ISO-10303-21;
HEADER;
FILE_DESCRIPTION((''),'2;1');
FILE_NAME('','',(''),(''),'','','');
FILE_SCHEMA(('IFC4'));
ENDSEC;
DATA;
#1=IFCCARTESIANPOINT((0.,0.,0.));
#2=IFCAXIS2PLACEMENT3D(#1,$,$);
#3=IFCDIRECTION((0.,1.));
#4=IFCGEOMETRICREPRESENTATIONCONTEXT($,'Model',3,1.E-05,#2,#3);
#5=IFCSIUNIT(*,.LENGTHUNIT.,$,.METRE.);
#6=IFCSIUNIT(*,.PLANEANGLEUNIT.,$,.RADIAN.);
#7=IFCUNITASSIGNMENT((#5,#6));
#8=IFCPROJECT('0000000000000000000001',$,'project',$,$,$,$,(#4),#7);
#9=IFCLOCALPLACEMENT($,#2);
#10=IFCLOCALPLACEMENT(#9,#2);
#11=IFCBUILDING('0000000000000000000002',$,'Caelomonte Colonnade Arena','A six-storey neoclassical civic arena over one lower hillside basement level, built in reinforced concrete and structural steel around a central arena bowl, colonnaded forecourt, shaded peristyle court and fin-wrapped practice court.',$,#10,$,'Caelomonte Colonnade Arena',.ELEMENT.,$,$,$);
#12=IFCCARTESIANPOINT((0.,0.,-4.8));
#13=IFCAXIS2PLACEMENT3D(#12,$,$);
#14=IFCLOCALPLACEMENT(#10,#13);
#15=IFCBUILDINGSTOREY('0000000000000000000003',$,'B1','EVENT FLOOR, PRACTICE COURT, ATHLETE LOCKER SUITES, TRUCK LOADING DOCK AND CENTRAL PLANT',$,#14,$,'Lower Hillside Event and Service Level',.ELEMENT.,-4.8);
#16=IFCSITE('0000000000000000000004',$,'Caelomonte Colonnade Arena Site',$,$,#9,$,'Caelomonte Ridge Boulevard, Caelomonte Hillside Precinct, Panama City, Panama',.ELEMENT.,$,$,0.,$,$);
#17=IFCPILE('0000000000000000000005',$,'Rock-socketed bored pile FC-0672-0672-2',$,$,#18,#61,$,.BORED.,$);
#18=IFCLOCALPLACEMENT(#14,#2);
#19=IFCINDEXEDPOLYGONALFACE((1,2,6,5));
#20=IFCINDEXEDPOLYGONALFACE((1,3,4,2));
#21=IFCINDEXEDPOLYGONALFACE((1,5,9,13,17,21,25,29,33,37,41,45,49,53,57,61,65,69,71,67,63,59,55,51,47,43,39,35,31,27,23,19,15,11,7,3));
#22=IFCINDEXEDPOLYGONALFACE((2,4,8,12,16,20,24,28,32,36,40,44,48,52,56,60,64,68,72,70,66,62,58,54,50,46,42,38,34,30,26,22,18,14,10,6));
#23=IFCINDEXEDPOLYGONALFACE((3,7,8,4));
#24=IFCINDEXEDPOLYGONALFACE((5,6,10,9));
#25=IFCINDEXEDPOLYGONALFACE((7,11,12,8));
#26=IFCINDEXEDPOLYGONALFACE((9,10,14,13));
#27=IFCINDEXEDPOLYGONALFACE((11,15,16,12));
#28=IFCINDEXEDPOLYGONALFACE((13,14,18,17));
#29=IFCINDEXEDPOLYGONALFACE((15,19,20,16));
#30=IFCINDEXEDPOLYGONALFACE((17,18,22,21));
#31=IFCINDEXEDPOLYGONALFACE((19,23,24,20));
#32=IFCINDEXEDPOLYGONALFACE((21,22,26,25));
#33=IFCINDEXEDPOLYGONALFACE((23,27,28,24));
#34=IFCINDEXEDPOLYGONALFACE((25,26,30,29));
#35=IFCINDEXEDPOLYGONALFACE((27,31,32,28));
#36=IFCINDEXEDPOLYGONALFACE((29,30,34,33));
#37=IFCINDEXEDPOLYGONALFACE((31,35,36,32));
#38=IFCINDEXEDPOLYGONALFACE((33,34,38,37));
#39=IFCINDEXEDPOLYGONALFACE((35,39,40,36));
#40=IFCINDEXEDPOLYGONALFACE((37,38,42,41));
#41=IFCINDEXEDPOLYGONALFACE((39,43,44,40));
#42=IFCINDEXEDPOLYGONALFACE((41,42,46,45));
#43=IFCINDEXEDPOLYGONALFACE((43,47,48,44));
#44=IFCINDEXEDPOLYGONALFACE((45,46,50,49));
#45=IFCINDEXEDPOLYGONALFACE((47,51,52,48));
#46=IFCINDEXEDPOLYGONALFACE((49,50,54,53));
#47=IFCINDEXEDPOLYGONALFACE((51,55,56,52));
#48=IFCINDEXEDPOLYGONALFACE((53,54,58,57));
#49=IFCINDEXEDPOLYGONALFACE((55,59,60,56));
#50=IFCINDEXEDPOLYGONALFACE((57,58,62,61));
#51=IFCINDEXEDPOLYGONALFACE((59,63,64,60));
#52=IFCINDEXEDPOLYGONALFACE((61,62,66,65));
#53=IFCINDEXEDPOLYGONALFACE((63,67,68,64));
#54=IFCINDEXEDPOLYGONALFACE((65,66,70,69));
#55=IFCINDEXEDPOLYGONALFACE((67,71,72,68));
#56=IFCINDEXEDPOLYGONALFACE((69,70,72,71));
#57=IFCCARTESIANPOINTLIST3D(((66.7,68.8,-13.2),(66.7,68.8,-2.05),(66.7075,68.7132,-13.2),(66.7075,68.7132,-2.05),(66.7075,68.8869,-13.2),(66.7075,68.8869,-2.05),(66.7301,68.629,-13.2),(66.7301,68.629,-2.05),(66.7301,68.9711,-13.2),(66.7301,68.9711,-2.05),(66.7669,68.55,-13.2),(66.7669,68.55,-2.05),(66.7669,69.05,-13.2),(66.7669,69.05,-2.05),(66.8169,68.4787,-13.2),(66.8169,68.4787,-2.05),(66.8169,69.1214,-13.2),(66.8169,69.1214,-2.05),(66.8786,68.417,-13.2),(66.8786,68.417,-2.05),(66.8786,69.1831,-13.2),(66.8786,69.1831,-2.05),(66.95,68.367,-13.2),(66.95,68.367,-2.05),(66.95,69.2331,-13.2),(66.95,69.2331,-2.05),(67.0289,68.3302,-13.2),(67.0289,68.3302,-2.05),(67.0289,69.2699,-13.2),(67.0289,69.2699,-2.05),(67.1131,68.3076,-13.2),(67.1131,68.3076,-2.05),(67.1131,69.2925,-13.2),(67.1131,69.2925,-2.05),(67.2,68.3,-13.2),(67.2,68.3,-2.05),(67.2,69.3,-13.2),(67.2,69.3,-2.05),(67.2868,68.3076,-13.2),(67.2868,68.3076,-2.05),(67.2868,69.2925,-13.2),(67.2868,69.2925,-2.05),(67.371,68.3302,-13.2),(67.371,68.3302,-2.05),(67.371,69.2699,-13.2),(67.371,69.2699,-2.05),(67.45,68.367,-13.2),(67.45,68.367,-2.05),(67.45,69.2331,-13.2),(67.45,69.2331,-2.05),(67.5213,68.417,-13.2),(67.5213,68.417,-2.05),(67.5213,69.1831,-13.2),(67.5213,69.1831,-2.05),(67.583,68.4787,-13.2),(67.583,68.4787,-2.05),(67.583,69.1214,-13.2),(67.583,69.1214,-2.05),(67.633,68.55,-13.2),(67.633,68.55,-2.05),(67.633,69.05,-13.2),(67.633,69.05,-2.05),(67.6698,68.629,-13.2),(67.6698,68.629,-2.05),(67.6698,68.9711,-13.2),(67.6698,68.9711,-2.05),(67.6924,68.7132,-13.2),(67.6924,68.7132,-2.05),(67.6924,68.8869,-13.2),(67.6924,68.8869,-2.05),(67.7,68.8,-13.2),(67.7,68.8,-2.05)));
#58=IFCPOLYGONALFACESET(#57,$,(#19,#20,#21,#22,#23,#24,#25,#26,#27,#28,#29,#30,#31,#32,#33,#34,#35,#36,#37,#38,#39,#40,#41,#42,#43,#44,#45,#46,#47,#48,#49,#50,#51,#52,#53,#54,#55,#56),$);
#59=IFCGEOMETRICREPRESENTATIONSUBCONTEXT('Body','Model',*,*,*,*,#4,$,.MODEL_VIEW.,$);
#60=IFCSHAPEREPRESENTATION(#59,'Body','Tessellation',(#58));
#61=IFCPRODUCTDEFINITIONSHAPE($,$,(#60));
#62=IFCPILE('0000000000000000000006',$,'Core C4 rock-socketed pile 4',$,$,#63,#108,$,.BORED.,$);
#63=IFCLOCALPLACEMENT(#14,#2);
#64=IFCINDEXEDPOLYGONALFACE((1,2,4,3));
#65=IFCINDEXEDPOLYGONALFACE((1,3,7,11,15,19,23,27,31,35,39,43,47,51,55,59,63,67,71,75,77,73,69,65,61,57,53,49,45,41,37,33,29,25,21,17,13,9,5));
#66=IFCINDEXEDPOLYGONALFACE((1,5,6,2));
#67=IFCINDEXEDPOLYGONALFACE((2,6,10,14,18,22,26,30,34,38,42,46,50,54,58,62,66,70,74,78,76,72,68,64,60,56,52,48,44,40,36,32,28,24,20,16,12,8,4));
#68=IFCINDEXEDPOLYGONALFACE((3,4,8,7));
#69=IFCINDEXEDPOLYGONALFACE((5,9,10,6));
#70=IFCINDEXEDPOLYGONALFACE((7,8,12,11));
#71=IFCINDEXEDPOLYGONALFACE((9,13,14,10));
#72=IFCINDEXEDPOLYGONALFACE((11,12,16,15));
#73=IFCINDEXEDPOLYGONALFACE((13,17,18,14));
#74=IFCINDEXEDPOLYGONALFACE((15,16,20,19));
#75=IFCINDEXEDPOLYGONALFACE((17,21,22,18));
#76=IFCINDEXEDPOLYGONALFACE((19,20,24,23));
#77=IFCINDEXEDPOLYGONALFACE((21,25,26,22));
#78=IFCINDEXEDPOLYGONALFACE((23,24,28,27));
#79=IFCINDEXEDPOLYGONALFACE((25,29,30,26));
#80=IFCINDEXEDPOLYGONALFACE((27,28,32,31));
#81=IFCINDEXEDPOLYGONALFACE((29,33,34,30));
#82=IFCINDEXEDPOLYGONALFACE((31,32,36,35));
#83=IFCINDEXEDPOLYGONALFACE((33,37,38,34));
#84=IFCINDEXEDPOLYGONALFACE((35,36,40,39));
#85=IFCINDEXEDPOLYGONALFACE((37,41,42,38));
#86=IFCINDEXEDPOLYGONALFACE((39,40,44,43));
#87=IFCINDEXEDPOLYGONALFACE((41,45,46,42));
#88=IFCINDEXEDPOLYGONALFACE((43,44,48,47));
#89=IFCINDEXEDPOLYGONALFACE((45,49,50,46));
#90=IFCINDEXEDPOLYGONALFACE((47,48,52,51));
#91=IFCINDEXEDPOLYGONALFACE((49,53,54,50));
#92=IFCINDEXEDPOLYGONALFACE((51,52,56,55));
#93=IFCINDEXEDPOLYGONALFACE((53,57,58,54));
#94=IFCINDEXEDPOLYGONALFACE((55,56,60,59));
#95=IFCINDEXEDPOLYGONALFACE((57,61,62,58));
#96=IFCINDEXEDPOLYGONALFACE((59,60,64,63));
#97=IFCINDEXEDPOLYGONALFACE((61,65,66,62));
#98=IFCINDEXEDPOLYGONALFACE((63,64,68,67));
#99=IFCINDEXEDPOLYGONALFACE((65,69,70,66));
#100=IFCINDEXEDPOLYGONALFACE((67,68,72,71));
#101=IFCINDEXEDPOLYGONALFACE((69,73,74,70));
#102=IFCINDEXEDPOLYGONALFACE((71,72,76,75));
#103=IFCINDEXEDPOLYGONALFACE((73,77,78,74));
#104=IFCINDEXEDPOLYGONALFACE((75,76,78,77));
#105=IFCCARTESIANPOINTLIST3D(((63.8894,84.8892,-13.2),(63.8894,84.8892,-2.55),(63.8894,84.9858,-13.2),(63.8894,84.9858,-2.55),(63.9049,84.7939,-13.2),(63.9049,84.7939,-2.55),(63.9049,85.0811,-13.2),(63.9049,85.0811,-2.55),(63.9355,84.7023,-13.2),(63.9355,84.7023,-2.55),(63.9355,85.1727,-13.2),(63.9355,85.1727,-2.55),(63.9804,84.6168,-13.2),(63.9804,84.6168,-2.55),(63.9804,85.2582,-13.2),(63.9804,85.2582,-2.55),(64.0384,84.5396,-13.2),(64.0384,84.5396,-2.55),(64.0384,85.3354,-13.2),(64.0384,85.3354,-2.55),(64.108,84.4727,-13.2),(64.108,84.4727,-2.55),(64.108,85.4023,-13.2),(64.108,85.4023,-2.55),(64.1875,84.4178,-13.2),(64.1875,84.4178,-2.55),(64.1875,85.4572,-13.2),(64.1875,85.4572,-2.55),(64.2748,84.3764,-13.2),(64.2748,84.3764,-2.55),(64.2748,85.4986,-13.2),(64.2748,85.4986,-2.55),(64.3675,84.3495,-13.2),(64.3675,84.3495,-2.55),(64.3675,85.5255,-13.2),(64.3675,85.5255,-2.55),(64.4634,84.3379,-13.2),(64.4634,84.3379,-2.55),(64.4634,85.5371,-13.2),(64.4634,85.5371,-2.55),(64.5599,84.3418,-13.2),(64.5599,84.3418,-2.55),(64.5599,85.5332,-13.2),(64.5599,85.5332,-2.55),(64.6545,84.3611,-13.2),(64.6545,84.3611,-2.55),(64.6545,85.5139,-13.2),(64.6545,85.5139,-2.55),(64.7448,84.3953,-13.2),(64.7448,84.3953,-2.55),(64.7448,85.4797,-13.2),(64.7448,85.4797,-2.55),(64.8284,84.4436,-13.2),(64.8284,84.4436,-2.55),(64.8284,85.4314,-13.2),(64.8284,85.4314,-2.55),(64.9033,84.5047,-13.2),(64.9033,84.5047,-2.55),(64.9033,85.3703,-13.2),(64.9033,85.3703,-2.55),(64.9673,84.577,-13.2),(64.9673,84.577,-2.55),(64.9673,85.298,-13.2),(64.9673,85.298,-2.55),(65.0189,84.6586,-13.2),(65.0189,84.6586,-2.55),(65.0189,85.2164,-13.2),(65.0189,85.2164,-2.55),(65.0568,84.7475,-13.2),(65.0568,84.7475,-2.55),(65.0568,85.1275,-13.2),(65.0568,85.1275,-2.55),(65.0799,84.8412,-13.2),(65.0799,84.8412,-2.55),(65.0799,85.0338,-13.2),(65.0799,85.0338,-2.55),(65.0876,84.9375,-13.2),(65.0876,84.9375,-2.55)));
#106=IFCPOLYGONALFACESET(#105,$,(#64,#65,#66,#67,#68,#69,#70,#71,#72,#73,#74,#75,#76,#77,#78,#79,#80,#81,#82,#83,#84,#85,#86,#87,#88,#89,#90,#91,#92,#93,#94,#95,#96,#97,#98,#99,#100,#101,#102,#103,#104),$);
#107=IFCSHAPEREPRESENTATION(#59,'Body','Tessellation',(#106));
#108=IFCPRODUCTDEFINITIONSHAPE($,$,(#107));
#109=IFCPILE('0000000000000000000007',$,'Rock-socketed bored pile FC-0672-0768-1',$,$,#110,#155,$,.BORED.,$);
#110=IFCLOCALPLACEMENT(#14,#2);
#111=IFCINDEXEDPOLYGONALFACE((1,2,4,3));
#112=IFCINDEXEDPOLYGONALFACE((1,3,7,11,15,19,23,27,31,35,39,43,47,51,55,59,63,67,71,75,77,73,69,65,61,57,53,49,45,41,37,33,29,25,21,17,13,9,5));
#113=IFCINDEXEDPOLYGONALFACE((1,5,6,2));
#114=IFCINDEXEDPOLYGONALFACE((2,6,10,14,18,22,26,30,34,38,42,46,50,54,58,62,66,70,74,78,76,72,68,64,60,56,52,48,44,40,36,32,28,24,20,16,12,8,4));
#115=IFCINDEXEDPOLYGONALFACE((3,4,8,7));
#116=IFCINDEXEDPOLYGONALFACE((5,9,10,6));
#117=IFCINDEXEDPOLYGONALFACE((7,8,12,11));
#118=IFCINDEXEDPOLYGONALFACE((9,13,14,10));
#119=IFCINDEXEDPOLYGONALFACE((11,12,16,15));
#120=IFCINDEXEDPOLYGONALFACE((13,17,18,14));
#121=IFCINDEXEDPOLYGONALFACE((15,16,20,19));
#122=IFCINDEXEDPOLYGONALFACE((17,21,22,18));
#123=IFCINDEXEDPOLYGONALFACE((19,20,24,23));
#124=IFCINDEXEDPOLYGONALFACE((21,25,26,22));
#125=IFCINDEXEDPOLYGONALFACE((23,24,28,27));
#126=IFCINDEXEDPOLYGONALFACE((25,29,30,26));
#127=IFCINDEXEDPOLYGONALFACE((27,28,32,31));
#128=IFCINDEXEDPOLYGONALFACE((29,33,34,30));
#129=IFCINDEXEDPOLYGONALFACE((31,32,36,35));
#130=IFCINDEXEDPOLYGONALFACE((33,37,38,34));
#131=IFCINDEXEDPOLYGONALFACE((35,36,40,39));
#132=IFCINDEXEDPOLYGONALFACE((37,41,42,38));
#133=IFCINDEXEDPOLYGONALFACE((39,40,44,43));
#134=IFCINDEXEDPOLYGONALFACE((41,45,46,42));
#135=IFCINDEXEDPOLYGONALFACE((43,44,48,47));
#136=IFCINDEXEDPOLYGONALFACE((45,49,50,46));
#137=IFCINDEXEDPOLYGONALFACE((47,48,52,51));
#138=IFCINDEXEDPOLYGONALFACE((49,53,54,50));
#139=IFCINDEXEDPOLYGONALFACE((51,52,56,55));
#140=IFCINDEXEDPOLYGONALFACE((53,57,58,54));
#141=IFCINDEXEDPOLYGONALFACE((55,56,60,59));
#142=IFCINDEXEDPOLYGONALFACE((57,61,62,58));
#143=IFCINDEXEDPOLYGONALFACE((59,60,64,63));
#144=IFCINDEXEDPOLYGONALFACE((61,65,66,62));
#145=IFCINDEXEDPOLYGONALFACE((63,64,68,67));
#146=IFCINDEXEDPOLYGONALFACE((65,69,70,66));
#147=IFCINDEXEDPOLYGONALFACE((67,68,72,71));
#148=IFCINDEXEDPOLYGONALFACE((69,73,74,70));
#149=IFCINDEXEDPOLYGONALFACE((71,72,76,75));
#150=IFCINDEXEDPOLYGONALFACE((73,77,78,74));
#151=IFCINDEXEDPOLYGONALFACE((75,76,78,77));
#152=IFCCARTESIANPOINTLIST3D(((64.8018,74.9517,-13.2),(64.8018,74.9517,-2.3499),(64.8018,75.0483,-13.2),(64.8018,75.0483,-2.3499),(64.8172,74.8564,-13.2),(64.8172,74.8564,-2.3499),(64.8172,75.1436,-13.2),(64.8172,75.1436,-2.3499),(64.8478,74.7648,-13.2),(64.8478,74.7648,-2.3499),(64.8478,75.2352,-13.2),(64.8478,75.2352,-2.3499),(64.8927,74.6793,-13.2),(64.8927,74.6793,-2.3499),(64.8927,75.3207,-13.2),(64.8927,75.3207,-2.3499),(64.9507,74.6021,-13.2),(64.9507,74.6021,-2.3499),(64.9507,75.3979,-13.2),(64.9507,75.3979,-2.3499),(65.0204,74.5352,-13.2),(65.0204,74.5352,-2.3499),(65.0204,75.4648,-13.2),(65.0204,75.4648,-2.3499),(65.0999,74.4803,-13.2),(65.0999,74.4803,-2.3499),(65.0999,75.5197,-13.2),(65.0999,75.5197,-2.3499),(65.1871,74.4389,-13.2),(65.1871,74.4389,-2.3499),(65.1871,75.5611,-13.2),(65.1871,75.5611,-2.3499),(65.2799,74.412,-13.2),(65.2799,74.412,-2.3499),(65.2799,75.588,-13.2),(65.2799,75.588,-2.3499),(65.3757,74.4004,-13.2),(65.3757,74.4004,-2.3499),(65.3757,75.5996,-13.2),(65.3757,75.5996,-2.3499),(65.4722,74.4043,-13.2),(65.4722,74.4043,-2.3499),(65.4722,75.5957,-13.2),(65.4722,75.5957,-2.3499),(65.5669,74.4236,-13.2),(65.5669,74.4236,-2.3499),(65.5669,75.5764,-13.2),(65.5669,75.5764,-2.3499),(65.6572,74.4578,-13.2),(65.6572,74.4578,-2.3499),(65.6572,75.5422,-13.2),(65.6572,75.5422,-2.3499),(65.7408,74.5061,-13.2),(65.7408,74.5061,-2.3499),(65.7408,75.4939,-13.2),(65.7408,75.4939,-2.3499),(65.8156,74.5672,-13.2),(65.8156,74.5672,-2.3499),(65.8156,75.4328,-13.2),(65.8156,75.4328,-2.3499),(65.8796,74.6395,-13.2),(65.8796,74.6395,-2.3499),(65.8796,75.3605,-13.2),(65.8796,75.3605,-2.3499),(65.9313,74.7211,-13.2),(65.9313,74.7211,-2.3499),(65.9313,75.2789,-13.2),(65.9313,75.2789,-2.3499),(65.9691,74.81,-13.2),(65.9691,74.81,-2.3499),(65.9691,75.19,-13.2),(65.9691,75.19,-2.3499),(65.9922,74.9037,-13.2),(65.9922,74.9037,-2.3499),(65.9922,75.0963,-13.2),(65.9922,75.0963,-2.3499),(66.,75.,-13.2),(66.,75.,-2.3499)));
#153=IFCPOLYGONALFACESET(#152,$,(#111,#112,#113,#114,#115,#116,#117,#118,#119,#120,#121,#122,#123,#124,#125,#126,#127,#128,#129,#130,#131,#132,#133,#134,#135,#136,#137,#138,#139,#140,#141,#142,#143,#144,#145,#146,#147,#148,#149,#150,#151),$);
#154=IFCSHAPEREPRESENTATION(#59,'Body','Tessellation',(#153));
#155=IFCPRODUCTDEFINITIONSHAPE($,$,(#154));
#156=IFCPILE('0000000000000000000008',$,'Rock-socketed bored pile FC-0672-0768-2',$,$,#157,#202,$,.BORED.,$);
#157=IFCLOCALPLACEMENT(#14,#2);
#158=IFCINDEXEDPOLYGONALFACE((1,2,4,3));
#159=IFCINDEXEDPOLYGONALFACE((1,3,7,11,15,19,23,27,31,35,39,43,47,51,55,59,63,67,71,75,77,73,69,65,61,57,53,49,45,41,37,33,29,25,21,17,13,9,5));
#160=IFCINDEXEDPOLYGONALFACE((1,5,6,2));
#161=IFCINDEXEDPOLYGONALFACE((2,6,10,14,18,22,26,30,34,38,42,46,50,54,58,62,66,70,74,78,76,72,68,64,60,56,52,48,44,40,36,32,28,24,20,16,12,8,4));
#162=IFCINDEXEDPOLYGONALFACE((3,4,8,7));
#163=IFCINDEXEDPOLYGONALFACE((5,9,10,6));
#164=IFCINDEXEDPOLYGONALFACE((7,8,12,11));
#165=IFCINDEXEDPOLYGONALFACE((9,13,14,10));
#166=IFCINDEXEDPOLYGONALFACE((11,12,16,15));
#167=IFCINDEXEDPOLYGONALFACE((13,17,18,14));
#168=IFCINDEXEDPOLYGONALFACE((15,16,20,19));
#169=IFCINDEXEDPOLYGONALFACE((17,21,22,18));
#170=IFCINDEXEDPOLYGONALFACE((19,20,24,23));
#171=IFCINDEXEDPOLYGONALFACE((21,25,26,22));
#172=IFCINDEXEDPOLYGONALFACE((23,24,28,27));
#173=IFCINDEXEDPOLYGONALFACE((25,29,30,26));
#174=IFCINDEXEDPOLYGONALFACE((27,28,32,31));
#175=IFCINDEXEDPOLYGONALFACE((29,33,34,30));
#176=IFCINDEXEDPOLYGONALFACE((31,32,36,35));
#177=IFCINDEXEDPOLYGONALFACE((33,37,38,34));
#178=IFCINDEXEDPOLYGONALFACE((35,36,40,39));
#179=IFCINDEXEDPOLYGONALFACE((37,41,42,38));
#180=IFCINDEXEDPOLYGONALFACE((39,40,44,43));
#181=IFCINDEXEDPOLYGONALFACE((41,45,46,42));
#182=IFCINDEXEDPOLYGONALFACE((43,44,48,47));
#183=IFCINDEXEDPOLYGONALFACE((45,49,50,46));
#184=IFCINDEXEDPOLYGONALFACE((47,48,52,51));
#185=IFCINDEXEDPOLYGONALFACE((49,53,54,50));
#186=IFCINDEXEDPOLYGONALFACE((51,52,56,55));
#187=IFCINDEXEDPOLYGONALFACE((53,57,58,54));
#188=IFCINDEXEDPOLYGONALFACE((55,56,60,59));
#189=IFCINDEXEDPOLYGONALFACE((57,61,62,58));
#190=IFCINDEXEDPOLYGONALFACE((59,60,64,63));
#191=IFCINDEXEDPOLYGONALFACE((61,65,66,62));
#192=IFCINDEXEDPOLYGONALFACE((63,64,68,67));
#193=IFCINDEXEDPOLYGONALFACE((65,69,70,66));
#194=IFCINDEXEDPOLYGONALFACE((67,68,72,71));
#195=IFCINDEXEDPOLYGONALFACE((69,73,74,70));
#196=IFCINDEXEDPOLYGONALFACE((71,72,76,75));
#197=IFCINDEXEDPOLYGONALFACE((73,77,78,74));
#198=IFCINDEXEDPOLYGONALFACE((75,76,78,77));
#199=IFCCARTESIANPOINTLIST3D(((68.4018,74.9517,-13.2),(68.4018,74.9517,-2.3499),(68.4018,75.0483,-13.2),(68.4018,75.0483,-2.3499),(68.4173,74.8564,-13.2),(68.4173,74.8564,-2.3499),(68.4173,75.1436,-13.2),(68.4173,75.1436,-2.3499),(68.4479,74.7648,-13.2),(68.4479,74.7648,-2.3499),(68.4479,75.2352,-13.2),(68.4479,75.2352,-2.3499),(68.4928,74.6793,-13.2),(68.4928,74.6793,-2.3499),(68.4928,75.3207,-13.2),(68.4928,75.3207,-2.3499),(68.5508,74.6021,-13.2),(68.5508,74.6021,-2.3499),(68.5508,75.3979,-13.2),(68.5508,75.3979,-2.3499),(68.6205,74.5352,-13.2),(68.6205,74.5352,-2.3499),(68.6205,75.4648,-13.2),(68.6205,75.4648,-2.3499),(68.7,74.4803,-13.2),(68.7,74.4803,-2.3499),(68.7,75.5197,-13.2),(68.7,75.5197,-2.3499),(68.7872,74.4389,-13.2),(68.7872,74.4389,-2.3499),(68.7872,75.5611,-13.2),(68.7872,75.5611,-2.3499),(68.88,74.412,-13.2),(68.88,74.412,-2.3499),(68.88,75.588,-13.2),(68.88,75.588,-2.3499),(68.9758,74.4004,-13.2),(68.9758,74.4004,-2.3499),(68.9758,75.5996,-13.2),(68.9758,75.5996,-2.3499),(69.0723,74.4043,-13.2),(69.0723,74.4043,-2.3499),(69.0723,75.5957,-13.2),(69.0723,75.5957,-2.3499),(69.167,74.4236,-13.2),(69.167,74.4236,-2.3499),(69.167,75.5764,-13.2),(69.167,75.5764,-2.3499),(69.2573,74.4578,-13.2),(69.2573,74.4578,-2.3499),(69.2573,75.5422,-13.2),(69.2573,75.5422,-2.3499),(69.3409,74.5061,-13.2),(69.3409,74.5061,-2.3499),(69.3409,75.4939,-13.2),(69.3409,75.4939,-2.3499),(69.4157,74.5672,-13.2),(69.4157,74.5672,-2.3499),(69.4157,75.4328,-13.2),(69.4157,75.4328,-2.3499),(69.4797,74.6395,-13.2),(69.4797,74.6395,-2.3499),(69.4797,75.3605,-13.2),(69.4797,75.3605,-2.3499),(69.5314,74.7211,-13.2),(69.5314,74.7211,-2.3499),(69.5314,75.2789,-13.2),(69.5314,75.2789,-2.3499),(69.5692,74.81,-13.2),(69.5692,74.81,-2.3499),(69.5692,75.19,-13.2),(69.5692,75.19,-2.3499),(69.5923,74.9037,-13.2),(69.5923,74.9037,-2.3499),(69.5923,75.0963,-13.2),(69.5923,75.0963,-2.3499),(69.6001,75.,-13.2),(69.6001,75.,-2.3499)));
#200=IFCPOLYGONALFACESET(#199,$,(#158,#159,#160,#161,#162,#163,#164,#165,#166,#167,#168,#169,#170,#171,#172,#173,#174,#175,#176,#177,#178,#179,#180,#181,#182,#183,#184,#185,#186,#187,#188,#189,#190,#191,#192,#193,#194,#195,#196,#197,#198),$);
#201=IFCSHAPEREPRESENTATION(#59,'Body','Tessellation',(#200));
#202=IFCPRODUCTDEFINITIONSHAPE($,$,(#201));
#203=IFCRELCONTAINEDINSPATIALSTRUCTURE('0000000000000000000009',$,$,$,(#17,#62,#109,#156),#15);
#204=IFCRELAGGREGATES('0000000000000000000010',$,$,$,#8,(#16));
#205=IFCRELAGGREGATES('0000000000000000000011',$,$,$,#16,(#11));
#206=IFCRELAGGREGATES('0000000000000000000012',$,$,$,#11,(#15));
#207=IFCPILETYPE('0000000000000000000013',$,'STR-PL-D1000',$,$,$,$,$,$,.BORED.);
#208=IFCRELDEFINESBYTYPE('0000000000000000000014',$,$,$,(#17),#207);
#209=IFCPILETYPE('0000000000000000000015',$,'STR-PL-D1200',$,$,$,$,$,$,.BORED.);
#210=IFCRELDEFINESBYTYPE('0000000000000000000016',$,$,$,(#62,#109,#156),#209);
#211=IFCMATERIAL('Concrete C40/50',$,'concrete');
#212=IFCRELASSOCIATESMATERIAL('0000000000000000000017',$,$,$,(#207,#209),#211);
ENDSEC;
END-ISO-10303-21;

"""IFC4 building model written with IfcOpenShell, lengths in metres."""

from ifc_helpers import new_model, si_unit, direction, frame, origin, origin_2d, place, context, subcontext, project, spatial, circle, extrude, material, material_profile, profile_set, type_object, element, save


model = new_model("IFC4")

# Units and contexts
model_context = context("Model", 3, precision=1e-05, world=origin(), true_north=direction((0.0, 1.0)))
body_context = subcontext(model_context, "Body", "Model", "MODEL_VIEW")
ifc_project = project(units=[si_unit("LENGTHUNIT", "METRE"), si_unit("PLANEANGLEUNIT", "RADIAN")], contexts=[model_context])

# Site, building, storey
site_placement = place(None, origin())
site = spatial("IfcSite", under=ifc_project, at=site_placement, Name="Caelomonte Colonnade Arena Site", LongName="Caelomonte Ridge Boulevard, Caelomonte Hillside Precinct, Panama City, Panama", CompositionType="ELEMENT", RefElevation=0.0)
building_placement = place(site_placement, origin())
building = spatial("IfcBuilding", under=site, at=building_placement, Name="Caelomonte Colonnade Arena", Description="A six-storey neoclassical civic arena over one lower hillside basement level, built in reinforced concrete and structural steel around a central arena bowl, colonnaded forecourt, shaded peristyle court and fin-wrapped practice court.", LongName="Caelomonte Colonnade Arena", CompositionType="ELEMENT")
storey_placement = place(building_placement, frame((0.0, 0.0, -4.8)))
storey = spatial("IfcBuildingStorey", under=building, at=storey_placement, Name="B1", Description="EVENT FLOOR, PRACTICE COURT, ATHLETE LOCKER SUITES, TRUCK LOADING DOCK AND CENTRAL PLANT", LongName="Lower Hillside Event and Service Level", CompositionType="ELEMENT", Elevation=-4.8)

# Shared definitions
ifc_material_1 = material(Name="Concrete C40/50", Category="concrete")

# Piles
ifc_material_profile_1 = material_profile(ifc_material_1, circle(Radius=0.5, at=origin_2d()), Name="PILE-D1000")
ifc_profile_set_1 = profile_set([ifc_material_profile_1], Name="Concrete C40/50")
pile_type_1 = type_object("IfcPileType", Name="STR-PL-D1000", PredefinedType="BORED", material=ifc_profile_set_1)
for number, where, z_axis, x_axis, name in (
    (1, (67.2, 68.8, -2.05), (0.0, 0.0, -1.0), (1.0, 0.0, 0.0), "Rock-socketed bored pile FC-0672-0672-2"),
):
    element("IfcPile", number, at=place(storey_placement, frame(where, z_axis=z_axis, x_axis=x_axis)), inside=storey, type_object=pile_type_1, Name=name, PredefinedType="BORED", context=body_context, shape_type="SweptSolid", body=[
        extrude(circle(Radius=0.5, at=origin_2d()), origin(), (0.0, 0.0, 1.0), 11.1499),
    ])
ifc_material_profile_2 = material_profile(ifc_material_1, circle(Radius=0.6001, at=origin_2d()), Name="PILE-D1200")
ifc_profile_set_2 = profile_set([ifc_material_profile_2], Name="Concrete C40/50")
pile_type_2 = type_object("IfcPileType", Name="STR-PL-D1200", PredefinedType="BORED", material=ifc_profile_set_2)
pile_1_placement = place(storey_placement, frame((64.4875, 84.9375, -2.55), z_axis=(0.0, 0.0, -1.0), x_axis=(1.0, 0.0, 0.0)))
element("IfcPile", 2, at=pile_1_placement, inside=storey, type_object=pile_type_2, Name="Core C4 rock-socketed pile 4", PredefinedType="BORED", context=body_context, shape_type="SweptSolid", body=[
    extrude(circle(Radius=0.6001, at=origin_2d()), origin(), (0.0, 0.0, 1.0), 10.6499),
])
for number, where, z_axis, x_axis, name in (
    (3, (65.3999, 75.0, -2.3499), (0.0, 0.0, -1.0), (1.0, 0.0, 0.0), "Rock-socketed bored pile FC-0672-0768-1"),
    (4, (69.0, 75.0, -2.3499), (0.0, 0.0, -1.0), (1.0, 0.0, 0.0), "Rock-socketed bored pile FC-0672-0768-2"),
):
    element("IfcPile", number, at=place(storey_placement, frame(where, z_axis=z_axis, x_axis=x_axis)), inside=storey, type_object=pile_type_2, Name=name, PredefinedType="BORED", context=body_context, shape_type="SweptSolid", body=[
        extrude(circle(Radius=0.6001, at=origin_2d()), origin(), (0.0, 0.0, 1.0), 10.8501),
    ])

save(model, "model.ifc")
